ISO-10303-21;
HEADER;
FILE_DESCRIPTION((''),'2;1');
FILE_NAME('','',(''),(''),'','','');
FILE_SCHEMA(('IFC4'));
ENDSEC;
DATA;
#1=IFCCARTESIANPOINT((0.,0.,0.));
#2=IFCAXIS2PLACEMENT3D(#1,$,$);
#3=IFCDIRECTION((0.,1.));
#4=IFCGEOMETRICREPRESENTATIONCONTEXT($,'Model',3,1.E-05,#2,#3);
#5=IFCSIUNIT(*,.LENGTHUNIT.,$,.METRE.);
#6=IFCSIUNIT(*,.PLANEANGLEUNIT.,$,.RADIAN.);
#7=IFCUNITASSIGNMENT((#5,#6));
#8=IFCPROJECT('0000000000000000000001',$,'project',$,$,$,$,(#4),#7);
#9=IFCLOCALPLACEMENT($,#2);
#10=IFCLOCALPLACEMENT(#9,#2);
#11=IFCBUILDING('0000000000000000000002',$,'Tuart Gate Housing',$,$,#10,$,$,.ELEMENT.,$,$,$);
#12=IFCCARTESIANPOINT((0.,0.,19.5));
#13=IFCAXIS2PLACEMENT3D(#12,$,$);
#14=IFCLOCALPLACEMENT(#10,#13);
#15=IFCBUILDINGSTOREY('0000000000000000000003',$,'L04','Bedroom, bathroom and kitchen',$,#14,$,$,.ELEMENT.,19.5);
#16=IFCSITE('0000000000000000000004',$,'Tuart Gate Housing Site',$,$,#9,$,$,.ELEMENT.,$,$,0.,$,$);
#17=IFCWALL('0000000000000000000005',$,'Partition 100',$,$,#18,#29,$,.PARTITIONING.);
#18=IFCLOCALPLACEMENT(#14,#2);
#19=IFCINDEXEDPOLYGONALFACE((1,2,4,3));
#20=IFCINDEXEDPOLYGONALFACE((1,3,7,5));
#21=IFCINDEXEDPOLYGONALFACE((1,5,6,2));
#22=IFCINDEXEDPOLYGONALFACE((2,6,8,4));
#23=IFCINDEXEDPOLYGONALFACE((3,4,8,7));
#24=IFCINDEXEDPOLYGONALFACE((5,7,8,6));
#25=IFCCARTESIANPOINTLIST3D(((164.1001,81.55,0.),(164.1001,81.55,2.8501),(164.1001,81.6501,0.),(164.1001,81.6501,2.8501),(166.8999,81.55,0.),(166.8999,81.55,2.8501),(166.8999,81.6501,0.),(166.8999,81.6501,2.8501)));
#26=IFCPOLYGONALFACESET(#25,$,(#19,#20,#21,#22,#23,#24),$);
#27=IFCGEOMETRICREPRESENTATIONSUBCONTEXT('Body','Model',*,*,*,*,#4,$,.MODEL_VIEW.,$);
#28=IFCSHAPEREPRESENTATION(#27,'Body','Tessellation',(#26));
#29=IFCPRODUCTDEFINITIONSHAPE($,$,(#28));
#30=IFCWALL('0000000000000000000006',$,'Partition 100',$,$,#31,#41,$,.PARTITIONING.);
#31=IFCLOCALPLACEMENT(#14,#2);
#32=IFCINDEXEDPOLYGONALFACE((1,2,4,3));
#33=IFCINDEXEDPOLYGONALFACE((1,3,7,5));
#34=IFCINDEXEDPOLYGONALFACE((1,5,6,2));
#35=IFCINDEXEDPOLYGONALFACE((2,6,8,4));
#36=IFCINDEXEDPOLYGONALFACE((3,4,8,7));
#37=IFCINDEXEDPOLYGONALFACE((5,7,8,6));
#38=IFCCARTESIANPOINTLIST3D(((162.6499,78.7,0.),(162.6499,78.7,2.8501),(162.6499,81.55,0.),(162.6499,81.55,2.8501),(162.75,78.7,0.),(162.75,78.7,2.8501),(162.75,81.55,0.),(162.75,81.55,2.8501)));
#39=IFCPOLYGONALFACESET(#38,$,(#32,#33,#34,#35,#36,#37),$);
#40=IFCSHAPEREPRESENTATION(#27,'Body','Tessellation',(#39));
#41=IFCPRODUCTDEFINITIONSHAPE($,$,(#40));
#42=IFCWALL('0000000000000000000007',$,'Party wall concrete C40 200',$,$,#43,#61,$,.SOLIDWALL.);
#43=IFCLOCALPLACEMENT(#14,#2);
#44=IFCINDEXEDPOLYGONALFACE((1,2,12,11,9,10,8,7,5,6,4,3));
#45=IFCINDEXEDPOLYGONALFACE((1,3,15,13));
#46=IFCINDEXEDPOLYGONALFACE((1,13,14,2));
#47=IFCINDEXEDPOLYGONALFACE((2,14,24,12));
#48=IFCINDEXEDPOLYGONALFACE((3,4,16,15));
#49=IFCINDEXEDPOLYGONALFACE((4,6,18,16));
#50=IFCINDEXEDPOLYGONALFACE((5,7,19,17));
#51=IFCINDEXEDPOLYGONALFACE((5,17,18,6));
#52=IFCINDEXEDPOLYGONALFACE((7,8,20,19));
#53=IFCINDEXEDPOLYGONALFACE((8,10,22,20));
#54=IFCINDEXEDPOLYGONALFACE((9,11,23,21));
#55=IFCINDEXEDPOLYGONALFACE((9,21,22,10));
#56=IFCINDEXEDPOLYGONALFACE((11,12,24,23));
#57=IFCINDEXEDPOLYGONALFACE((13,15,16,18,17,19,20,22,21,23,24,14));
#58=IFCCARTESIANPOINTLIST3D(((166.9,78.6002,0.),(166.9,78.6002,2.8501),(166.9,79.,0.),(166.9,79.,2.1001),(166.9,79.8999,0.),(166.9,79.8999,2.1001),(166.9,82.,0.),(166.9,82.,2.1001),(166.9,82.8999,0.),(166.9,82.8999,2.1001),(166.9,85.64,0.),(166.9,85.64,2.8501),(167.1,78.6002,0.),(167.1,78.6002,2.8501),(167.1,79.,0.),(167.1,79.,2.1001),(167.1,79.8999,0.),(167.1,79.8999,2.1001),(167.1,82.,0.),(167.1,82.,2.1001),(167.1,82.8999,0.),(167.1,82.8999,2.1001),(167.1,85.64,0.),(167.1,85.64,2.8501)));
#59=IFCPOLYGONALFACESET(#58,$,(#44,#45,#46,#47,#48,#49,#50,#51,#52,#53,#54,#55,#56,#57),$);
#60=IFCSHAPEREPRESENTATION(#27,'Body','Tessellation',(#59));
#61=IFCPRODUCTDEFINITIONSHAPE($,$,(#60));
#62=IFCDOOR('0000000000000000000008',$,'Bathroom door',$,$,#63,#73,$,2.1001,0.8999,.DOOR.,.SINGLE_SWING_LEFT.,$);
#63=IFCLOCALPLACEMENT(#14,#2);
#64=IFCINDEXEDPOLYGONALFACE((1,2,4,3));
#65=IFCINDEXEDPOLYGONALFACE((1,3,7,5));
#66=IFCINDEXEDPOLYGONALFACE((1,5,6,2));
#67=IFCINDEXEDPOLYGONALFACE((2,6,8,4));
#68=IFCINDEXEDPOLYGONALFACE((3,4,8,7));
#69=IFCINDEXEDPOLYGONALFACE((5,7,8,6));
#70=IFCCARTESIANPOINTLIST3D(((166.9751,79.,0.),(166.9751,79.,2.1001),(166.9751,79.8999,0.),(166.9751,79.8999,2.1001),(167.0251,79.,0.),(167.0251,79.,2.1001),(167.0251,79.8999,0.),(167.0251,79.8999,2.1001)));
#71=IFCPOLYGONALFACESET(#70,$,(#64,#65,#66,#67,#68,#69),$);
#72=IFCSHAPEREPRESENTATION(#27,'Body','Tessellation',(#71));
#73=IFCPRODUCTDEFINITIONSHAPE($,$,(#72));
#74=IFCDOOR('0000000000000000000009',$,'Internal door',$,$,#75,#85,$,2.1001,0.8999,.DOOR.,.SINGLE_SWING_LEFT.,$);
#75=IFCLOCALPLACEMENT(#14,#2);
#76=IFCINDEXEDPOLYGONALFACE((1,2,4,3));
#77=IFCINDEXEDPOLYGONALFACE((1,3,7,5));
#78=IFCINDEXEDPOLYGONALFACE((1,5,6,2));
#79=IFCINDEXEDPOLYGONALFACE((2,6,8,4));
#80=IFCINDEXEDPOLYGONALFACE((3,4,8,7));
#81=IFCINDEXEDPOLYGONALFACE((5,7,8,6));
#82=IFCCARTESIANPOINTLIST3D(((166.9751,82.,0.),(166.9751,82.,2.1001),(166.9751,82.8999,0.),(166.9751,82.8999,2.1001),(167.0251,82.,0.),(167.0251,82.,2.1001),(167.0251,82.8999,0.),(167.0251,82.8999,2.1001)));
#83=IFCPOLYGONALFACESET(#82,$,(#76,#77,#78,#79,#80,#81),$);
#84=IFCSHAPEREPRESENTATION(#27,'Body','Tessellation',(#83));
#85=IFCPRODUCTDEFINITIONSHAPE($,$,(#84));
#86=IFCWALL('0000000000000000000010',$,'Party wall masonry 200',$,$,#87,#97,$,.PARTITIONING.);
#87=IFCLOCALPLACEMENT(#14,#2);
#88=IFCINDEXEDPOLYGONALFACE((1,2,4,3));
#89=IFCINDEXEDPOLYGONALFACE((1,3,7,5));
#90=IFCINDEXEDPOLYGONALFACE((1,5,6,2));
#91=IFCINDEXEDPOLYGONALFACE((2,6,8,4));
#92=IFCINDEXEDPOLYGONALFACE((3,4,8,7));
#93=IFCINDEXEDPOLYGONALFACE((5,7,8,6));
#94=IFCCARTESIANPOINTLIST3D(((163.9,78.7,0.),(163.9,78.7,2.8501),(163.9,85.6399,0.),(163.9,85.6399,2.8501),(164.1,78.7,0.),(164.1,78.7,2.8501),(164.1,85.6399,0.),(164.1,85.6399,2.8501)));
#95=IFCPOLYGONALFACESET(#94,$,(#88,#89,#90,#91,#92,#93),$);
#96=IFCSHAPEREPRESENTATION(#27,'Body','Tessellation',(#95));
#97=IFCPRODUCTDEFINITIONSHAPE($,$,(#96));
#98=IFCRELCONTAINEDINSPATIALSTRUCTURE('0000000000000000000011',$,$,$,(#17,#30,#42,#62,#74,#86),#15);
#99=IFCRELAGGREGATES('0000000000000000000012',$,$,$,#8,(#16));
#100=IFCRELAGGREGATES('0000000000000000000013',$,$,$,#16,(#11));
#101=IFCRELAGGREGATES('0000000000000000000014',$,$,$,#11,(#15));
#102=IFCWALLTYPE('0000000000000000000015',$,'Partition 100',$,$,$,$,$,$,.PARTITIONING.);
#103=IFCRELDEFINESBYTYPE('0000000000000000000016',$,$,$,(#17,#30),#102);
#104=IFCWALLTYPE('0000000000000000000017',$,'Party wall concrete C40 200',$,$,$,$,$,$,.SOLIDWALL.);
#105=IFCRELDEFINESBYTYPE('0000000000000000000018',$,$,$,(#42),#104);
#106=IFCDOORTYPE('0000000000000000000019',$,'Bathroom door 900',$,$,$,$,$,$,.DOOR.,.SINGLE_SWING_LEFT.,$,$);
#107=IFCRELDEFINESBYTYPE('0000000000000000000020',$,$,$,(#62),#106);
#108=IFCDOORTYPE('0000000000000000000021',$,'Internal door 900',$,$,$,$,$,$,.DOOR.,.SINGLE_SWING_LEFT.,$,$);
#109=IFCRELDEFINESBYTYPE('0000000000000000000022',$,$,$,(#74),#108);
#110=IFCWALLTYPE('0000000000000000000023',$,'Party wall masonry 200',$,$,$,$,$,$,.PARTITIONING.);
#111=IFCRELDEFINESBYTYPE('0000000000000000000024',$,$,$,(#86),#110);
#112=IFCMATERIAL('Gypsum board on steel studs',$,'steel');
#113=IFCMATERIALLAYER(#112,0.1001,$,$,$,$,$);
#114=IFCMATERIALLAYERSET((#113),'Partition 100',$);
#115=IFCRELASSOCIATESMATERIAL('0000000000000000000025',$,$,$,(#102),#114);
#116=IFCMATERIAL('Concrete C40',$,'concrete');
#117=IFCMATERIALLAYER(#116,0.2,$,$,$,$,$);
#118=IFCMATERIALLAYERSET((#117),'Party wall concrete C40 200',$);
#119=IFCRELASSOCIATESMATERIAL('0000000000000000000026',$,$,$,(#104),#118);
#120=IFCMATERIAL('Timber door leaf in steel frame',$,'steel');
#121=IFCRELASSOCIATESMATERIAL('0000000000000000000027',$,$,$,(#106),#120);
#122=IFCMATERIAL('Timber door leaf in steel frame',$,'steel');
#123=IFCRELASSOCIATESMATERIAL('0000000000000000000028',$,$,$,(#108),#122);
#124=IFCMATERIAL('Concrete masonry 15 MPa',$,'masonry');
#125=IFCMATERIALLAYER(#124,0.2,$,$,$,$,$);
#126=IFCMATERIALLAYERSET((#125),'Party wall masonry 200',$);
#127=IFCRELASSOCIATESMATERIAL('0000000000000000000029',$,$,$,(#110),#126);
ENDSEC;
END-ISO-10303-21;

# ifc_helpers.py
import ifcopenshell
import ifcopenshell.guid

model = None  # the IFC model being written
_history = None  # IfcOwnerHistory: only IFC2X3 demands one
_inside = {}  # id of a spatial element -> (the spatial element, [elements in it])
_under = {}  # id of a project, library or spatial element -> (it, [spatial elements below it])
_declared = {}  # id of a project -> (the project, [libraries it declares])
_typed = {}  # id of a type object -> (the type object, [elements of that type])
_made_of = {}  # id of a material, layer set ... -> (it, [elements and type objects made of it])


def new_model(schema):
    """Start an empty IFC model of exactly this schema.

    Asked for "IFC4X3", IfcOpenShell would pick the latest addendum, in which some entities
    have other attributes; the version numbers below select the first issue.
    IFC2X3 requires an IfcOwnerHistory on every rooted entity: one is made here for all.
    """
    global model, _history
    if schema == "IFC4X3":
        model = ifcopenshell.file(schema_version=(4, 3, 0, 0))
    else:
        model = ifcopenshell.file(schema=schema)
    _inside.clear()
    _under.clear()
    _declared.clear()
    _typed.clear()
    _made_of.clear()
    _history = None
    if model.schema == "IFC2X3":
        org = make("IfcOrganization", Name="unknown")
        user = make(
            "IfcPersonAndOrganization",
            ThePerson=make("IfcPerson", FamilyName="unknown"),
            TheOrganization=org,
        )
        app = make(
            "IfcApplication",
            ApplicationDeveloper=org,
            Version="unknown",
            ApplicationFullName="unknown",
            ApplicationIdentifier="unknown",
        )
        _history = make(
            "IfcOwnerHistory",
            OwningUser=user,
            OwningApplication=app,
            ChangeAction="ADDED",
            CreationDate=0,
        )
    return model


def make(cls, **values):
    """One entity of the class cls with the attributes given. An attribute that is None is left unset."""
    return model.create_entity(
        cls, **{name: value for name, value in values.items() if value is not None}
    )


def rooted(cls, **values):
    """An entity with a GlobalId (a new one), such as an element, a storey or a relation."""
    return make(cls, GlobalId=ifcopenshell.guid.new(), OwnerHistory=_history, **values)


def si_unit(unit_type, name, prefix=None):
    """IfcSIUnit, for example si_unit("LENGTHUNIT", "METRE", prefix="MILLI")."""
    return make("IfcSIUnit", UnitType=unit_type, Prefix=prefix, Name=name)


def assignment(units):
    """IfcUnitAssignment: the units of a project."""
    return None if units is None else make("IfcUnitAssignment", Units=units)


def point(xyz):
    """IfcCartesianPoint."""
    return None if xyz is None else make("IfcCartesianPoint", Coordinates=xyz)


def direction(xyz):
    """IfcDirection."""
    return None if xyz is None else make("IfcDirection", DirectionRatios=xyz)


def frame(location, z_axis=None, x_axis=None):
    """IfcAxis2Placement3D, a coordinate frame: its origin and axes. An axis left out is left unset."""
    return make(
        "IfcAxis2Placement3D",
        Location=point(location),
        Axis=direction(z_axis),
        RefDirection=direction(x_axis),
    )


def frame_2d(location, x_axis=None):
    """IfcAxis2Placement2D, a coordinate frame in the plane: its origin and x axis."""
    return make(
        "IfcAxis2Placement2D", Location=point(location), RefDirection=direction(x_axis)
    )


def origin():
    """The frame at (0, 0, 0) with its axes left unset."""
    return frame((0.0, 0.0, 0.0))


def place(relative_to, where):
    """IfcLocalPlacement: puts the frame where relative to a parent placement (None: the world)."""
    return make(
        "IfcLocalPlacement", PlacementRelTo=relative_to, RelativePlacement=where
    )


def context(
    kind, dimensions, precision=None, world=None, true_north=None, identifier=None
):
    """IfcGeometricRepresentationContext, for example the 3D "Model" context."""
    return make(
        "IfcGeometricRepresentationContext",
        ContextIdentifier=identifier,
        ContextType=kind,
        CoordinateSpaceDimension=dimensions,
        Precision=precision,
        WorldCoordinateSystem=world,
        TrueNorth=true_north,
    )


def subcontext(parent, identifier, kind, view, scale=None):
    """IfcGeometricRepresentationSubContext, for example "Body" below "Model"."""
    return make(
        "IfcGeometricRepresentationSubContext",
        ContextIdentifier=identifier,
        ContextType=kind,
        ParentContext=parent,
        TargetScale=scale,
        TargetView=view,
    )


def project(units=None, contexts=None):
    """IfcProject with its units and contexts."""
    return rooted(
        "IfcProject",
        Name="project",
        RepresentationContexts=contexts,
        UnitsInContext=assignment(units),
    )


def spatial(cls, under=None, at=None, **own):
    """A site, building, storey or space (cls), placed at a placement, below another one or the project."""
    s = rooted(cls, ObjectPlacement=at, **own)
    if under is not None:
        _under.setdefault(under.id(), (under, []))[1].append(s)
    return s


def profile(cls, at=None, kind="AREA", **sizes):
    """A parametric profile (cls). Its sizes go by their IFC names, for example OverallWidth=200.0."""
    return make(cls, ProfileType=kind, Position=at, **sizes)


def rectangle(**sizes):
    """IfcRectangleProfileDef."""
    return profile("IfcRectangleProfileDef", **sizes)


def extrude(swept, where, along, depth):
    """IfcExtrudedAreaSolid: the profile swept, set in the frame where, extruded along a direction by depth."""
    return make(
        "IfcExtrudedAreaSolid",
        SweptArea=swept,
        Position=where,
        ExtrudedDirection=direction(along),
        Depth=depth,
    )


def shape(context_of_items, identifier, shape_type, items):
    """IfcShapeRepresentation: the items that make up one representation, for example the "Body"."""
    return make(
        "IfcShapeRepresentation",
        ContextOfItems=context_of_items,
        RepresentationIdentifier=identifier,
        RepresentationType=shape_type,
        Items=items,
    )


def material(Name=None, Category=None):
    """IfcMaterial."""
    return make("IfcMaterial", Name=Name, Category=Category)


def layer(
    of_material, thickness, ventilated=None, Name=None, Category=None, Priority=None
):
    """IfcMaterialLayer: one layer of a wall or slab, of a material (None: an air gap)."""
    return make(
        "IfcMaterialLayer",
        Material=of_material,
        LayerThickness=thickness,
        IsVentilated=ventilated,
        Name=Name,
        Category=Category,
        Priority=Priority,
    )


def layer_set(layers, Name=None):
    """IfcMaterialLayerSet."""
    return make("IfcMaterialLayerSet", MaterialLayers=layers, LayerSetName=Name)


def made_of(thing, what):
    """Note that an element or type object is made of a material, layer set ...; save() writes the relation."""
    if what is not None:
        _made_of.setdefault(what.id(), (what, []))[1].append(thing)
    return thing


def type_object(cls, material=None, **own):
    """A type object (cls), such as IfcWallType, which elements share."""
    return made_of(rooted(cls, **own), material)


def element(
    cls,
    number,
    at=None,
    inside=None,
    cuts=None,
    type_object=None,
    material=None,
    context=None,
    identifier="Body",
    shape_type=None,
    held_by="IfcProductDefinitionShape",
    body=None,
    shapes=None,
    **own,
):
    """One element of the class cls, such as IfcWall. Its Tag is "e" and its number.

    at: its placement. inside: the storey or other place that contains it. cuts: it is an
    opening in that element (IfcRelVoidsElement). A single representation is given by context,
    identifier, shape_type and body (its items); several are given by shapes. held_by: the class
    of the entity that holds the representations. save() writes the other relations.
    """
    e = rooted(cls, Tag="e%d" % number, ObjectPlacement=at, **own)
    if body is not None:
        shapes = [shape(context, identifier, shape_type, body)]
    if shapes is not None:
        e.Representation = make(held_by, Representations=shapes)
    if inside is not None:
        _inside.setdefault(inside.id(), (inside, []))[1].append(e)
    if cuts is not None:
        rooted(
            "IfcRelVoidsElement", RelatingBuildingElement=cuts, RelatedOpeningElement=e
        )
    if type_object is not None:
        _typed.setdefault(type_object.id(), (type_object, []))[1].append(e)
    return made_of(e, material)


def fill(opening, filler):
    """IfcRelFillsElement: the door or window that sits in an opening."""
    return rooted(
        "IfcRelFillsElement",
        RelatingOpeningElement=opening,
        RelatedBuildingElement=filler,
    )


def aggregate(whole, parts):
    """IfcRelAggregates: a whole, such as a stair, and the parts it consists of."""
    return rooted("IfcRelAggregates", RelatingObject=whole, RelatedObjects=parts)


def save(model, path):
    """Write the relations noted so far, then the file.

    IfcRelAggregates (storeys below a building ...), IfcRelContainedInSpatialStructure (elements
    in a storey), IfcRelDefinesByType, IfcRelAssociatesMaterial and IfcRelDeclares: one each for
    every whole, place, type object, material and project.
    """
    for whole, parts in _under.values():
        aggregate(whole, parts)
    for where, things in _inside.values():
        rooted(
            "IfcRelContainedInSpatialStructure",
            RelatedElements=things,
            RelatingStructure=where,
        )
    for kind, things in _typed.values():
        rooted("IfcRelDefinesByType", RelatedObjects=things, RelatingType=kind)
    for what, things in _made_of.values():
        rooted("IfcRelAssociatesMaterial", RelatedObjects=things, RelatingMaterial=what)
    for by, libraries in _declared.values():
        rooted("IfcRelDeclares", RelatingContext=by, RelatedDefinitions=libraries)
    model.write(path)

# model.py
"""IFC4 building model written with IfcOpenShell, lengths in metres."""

from ifc_helpers import new_model, si_unit, direction, frame, frame_2d, origin, place, context, subcontext, project, spatial, rectangle, extrude, material, layer, layer_set, type_object, element, fill, save


model = new_model("IFC4")

# Units and contexts
model_context = context("Model", 3, precision=1e-05, world=origin(), true_north=direction((0.0, 1.0)))
body_context = subcontext(model_context, "Body", "Model", "MODEL_VIEW")
ifc_project = project(units=[si_unit("LENGTHUNIT", "METRE"), si_unit("PLANEANGLEUNIT", "RADIAN")], contexts=[model_context])

# Site, building, storey
site_placement = place(None, origin())
site = spatial("IfcSite", under=ifc_project, at=site_placement, Name="Tuart Gate Housing Site", CompositionType="ELEMENT", RefElevation=0.0)
building_placement = place(site_placement, origin())
building = spatial("IfcBuilding", under=site, at=building_placement, Name="Tuart Gate Housing", CompositionType="ELEMENT")
storey_placement = place(building_placement, frame((0.0, 0.0, 19.5)))
storey = spatial("IfcBuildingStorey", under=building, at=storey_placement, Name="L04", Description="Bedroom, bathroom and kitchen", CompositionType="ELEMENT", Elevation=19.5)

# Walls
ifc_material_1 = material(Name="Gypsum board on steel studs", Category="steel")
ifc_layer_1 = layer(ifc_material_1, 0.1001)
ifc_layer_set_1 = layer_set([ifc_layer_1], Name="Partition 100")
wall_type_1 = type_object("IfcWallType", Name="Partition 100", PredefinedType="PARTITIONING", material=ifc_layer_set_1)
wall_1_placement = place(storey_placement, frame((164.1001, 81.6001, 0.0), z_axis=(0.0, 0.0, 1.0), x_axis=(1.0, 0.0, 0.0)))
element("IfcWall", 1, at=wall_1_placement, inside=storey, type_object=wall_type_1, Name="Partition 100", PredefinedType="PARTITIONING", context=body_context, shape_type="SweptSolid", body=[
    extrude(rectangle(XDim=2.7998, YDim=0.1001, at=frame_2d((1.3999, 0.0))), origin(), (0.0, 0.0, 1.0), 2.8501),
])
wall_2_placement = place(storey_placement, frame((162.7, 78.7, 0.0), z_axis=(0.0, 0.0, 1.0), x_axis=(0.0, 1.0, 0.0)))
element("IfcWall", 2, at=wall_2_placement, inside=storey, type_object=wall_type_1, Name="Partition 100", PredefinedType="PARTITIONING", context=body_context, shape_type="SweptSolid", body=[
    extrude(rectangle(XDim=2.8501, YDim=0.1001, at=frame_2d((1.425, 0.0))), origin(), (0.0, 0.0, 1.0), 2.8501),
])

# Wall, openings, doors
ifc_material_2 = material(Name="Concrete C40", Category="concrete")
ifc_layer_2 = layer(ifc_material_2, 0.2)
ifc_layer_set_2 = layer_set([ifc_layer_2], Name="Party wall concrete C40 200")
wall_type_2 = type_object("IfcWallType", Name="Party wall concrete C40 200", PredefinedType="SOLIDWALL", material=ifc_layer_set_2)
wall_3_placement = place(storey_placement, frame((167.0, 78.6001, 0.0), z_axis=(0.0, 0.0, 1.0), x_axis=(0.0, 1.0, 0.0)))
wall_3 = element("IfcWall", 3, at=wall_3_placement, inside=storey, type_object=wall_type_2, Name="Party wall concrete C40 200", PredefinedType="SOLIDWALL", context=body_context, shape_type="SweptSolid", body=[
    extrude(rectangle(XDim=7.0398, YDim=0.2, at=frame_2d((3.52, 0.0))), origin(), (0.0, 0.0, 1.0), 2.8501),
])
opening_1_placement = place(wall_3_placement, frame((3.3999, 0.0, 0.0)))
opening_1 = element("IfcOpeningElement", 4, at=opening_1_placement, cuts=wall_3, PredefinedType="OPENING", context=body_context, shape_type="SweptSolid", body=[
    extrude(rectangle(XDim=0.8999, YDim=2.1001, at=frame_2d((0.45, 1.05))), frame((0.0, 0.1099, 0.0), z_axis=(0.0, -1.0, 0.0), x_axis=(1.0, 0.0, 0.0)), (0.0, 0.0, 1.0), 0.22),
])
opening_2_placement = place(wall_3_placement, frame((0.3999, 0.0, 0.0)))
opening_2 = element("IfcOpeningElement", 5, at=opening_2_placement, cuts=wall_3, PredefinedType="OPENING", context=body_context, shape_type="SweptSolid", body=[
    extrude(rectangle(XDim=0.8999, YDim=2.1001, at=frame_2d((0.45, 1.05))), frame((0.0, 0.1099, 0.0), z_axis=(0.0, -1.0, 0.0), x_axis=(1.0, 0.0, 0.0)), (0.0, 0.0, 1.0), 0.22),
])
ifc_material_3 = material(Name="Timber door leaf in steel frame", Category="steel")
door_type_1 = type_object("IfcDoorType", Name="Bathroom door 900", OperationType="SINGLE_SWING_LEFT", PredefinedType="DOOR", material=ifc_material_3)
door_1_placement = place(opening_2_placement, origin())
door_1 = element("IfcDoor", 6, at=door_1_placement, inside=storey, type_object=door_type_1, Name="Bathroom door", OperationType="SINGLE_SWING_LEFT", OverallHeight=2.1001, OverallWidth=0.8999, PredefinedType="DOOR", context=body_context, shape_type="SweptSolid", body=[
    extrude(rectangle(XDim=0.8999, YDim=2.1001, at=frame_2d((0.45, 1.05))), frame((0.0, 0.0249, 0.0), z_axis=(0.0, -1.0, 0.0), x_axis=(1.0, 0.0, 0.0)), (0.0, 0.0, 1.0), 0.05),
])
fill(opening_2, door_1)
ifc_material_4 = material(Name="Timber door leaf in steel frame", Category="steel")
door_type_2 = type_object("IfcDoorType", Name="Internal door 900", OperationType="SINGLE_SWING_LEFT", PredefinedType="DOOR", material=ifc_material_4)
door_2_placement = place(opening_1_placement, origin())
door_2 = element("IfcDoor", 7, at=door_2_placement, inside=storey, type_object=door_type_2, Name="Internal door", OperationType="SINGLE_SWING_LEFT", OverallHeight=2.1001, OverallWidth=0.8999, PredefinedType="DOOR", context=body_context, shape_type="SweptSolid", body=[
    extrude(rectangle(XDim=0.8999, YDim=2.1001, at=frame_2d((0.45, 1.05))), frame((0.0, 0.0249, 0.0), z_axis=(0.0, -1.0, 0.0), x_axis=(1.0, 0.0, 0.0)), (0.0, 0.0, 1.0), 0.05),
])
fill(opening_1, door_2)

# Wall
ifc_material_5 = material(Name="Concrete masonry 15 MPa", Category="masonry")
ifc_layer_3 = layer(ifc_material_5, 0.2)
ifc_layer_set_3 = layer_set([ifc_layer_3], Name="Party wall masonry 200")
wall_type_3 = type_object("IfcWallType", Name="Party wall masonry 200", PredefinedType="PARTITIONING", material=ifc_layer_set_3)
wall_4_placement = place(storey_placement, frame((164.0, 78.7, 0.0), z_axis=(0.0, 0.0, 1.0), x_axis=(0.0, 1.0, 0.0)))
element("IfcWall", 8, at=wall_4_placement, inside=storey, type_object=wall_type_3, Name="Party wall masonry 200", PredefinedType="PARTITIONING", context=body_context, shape_type="SweptSolid", body=[
    extrude(rectangle(XDim=6.9399, YDim=0.2, at=frame_2d((3.47, 0.0))), origin(), (0.0, 0.0, 1.0), 2.8501),
])

save(model, "model.ifc")
